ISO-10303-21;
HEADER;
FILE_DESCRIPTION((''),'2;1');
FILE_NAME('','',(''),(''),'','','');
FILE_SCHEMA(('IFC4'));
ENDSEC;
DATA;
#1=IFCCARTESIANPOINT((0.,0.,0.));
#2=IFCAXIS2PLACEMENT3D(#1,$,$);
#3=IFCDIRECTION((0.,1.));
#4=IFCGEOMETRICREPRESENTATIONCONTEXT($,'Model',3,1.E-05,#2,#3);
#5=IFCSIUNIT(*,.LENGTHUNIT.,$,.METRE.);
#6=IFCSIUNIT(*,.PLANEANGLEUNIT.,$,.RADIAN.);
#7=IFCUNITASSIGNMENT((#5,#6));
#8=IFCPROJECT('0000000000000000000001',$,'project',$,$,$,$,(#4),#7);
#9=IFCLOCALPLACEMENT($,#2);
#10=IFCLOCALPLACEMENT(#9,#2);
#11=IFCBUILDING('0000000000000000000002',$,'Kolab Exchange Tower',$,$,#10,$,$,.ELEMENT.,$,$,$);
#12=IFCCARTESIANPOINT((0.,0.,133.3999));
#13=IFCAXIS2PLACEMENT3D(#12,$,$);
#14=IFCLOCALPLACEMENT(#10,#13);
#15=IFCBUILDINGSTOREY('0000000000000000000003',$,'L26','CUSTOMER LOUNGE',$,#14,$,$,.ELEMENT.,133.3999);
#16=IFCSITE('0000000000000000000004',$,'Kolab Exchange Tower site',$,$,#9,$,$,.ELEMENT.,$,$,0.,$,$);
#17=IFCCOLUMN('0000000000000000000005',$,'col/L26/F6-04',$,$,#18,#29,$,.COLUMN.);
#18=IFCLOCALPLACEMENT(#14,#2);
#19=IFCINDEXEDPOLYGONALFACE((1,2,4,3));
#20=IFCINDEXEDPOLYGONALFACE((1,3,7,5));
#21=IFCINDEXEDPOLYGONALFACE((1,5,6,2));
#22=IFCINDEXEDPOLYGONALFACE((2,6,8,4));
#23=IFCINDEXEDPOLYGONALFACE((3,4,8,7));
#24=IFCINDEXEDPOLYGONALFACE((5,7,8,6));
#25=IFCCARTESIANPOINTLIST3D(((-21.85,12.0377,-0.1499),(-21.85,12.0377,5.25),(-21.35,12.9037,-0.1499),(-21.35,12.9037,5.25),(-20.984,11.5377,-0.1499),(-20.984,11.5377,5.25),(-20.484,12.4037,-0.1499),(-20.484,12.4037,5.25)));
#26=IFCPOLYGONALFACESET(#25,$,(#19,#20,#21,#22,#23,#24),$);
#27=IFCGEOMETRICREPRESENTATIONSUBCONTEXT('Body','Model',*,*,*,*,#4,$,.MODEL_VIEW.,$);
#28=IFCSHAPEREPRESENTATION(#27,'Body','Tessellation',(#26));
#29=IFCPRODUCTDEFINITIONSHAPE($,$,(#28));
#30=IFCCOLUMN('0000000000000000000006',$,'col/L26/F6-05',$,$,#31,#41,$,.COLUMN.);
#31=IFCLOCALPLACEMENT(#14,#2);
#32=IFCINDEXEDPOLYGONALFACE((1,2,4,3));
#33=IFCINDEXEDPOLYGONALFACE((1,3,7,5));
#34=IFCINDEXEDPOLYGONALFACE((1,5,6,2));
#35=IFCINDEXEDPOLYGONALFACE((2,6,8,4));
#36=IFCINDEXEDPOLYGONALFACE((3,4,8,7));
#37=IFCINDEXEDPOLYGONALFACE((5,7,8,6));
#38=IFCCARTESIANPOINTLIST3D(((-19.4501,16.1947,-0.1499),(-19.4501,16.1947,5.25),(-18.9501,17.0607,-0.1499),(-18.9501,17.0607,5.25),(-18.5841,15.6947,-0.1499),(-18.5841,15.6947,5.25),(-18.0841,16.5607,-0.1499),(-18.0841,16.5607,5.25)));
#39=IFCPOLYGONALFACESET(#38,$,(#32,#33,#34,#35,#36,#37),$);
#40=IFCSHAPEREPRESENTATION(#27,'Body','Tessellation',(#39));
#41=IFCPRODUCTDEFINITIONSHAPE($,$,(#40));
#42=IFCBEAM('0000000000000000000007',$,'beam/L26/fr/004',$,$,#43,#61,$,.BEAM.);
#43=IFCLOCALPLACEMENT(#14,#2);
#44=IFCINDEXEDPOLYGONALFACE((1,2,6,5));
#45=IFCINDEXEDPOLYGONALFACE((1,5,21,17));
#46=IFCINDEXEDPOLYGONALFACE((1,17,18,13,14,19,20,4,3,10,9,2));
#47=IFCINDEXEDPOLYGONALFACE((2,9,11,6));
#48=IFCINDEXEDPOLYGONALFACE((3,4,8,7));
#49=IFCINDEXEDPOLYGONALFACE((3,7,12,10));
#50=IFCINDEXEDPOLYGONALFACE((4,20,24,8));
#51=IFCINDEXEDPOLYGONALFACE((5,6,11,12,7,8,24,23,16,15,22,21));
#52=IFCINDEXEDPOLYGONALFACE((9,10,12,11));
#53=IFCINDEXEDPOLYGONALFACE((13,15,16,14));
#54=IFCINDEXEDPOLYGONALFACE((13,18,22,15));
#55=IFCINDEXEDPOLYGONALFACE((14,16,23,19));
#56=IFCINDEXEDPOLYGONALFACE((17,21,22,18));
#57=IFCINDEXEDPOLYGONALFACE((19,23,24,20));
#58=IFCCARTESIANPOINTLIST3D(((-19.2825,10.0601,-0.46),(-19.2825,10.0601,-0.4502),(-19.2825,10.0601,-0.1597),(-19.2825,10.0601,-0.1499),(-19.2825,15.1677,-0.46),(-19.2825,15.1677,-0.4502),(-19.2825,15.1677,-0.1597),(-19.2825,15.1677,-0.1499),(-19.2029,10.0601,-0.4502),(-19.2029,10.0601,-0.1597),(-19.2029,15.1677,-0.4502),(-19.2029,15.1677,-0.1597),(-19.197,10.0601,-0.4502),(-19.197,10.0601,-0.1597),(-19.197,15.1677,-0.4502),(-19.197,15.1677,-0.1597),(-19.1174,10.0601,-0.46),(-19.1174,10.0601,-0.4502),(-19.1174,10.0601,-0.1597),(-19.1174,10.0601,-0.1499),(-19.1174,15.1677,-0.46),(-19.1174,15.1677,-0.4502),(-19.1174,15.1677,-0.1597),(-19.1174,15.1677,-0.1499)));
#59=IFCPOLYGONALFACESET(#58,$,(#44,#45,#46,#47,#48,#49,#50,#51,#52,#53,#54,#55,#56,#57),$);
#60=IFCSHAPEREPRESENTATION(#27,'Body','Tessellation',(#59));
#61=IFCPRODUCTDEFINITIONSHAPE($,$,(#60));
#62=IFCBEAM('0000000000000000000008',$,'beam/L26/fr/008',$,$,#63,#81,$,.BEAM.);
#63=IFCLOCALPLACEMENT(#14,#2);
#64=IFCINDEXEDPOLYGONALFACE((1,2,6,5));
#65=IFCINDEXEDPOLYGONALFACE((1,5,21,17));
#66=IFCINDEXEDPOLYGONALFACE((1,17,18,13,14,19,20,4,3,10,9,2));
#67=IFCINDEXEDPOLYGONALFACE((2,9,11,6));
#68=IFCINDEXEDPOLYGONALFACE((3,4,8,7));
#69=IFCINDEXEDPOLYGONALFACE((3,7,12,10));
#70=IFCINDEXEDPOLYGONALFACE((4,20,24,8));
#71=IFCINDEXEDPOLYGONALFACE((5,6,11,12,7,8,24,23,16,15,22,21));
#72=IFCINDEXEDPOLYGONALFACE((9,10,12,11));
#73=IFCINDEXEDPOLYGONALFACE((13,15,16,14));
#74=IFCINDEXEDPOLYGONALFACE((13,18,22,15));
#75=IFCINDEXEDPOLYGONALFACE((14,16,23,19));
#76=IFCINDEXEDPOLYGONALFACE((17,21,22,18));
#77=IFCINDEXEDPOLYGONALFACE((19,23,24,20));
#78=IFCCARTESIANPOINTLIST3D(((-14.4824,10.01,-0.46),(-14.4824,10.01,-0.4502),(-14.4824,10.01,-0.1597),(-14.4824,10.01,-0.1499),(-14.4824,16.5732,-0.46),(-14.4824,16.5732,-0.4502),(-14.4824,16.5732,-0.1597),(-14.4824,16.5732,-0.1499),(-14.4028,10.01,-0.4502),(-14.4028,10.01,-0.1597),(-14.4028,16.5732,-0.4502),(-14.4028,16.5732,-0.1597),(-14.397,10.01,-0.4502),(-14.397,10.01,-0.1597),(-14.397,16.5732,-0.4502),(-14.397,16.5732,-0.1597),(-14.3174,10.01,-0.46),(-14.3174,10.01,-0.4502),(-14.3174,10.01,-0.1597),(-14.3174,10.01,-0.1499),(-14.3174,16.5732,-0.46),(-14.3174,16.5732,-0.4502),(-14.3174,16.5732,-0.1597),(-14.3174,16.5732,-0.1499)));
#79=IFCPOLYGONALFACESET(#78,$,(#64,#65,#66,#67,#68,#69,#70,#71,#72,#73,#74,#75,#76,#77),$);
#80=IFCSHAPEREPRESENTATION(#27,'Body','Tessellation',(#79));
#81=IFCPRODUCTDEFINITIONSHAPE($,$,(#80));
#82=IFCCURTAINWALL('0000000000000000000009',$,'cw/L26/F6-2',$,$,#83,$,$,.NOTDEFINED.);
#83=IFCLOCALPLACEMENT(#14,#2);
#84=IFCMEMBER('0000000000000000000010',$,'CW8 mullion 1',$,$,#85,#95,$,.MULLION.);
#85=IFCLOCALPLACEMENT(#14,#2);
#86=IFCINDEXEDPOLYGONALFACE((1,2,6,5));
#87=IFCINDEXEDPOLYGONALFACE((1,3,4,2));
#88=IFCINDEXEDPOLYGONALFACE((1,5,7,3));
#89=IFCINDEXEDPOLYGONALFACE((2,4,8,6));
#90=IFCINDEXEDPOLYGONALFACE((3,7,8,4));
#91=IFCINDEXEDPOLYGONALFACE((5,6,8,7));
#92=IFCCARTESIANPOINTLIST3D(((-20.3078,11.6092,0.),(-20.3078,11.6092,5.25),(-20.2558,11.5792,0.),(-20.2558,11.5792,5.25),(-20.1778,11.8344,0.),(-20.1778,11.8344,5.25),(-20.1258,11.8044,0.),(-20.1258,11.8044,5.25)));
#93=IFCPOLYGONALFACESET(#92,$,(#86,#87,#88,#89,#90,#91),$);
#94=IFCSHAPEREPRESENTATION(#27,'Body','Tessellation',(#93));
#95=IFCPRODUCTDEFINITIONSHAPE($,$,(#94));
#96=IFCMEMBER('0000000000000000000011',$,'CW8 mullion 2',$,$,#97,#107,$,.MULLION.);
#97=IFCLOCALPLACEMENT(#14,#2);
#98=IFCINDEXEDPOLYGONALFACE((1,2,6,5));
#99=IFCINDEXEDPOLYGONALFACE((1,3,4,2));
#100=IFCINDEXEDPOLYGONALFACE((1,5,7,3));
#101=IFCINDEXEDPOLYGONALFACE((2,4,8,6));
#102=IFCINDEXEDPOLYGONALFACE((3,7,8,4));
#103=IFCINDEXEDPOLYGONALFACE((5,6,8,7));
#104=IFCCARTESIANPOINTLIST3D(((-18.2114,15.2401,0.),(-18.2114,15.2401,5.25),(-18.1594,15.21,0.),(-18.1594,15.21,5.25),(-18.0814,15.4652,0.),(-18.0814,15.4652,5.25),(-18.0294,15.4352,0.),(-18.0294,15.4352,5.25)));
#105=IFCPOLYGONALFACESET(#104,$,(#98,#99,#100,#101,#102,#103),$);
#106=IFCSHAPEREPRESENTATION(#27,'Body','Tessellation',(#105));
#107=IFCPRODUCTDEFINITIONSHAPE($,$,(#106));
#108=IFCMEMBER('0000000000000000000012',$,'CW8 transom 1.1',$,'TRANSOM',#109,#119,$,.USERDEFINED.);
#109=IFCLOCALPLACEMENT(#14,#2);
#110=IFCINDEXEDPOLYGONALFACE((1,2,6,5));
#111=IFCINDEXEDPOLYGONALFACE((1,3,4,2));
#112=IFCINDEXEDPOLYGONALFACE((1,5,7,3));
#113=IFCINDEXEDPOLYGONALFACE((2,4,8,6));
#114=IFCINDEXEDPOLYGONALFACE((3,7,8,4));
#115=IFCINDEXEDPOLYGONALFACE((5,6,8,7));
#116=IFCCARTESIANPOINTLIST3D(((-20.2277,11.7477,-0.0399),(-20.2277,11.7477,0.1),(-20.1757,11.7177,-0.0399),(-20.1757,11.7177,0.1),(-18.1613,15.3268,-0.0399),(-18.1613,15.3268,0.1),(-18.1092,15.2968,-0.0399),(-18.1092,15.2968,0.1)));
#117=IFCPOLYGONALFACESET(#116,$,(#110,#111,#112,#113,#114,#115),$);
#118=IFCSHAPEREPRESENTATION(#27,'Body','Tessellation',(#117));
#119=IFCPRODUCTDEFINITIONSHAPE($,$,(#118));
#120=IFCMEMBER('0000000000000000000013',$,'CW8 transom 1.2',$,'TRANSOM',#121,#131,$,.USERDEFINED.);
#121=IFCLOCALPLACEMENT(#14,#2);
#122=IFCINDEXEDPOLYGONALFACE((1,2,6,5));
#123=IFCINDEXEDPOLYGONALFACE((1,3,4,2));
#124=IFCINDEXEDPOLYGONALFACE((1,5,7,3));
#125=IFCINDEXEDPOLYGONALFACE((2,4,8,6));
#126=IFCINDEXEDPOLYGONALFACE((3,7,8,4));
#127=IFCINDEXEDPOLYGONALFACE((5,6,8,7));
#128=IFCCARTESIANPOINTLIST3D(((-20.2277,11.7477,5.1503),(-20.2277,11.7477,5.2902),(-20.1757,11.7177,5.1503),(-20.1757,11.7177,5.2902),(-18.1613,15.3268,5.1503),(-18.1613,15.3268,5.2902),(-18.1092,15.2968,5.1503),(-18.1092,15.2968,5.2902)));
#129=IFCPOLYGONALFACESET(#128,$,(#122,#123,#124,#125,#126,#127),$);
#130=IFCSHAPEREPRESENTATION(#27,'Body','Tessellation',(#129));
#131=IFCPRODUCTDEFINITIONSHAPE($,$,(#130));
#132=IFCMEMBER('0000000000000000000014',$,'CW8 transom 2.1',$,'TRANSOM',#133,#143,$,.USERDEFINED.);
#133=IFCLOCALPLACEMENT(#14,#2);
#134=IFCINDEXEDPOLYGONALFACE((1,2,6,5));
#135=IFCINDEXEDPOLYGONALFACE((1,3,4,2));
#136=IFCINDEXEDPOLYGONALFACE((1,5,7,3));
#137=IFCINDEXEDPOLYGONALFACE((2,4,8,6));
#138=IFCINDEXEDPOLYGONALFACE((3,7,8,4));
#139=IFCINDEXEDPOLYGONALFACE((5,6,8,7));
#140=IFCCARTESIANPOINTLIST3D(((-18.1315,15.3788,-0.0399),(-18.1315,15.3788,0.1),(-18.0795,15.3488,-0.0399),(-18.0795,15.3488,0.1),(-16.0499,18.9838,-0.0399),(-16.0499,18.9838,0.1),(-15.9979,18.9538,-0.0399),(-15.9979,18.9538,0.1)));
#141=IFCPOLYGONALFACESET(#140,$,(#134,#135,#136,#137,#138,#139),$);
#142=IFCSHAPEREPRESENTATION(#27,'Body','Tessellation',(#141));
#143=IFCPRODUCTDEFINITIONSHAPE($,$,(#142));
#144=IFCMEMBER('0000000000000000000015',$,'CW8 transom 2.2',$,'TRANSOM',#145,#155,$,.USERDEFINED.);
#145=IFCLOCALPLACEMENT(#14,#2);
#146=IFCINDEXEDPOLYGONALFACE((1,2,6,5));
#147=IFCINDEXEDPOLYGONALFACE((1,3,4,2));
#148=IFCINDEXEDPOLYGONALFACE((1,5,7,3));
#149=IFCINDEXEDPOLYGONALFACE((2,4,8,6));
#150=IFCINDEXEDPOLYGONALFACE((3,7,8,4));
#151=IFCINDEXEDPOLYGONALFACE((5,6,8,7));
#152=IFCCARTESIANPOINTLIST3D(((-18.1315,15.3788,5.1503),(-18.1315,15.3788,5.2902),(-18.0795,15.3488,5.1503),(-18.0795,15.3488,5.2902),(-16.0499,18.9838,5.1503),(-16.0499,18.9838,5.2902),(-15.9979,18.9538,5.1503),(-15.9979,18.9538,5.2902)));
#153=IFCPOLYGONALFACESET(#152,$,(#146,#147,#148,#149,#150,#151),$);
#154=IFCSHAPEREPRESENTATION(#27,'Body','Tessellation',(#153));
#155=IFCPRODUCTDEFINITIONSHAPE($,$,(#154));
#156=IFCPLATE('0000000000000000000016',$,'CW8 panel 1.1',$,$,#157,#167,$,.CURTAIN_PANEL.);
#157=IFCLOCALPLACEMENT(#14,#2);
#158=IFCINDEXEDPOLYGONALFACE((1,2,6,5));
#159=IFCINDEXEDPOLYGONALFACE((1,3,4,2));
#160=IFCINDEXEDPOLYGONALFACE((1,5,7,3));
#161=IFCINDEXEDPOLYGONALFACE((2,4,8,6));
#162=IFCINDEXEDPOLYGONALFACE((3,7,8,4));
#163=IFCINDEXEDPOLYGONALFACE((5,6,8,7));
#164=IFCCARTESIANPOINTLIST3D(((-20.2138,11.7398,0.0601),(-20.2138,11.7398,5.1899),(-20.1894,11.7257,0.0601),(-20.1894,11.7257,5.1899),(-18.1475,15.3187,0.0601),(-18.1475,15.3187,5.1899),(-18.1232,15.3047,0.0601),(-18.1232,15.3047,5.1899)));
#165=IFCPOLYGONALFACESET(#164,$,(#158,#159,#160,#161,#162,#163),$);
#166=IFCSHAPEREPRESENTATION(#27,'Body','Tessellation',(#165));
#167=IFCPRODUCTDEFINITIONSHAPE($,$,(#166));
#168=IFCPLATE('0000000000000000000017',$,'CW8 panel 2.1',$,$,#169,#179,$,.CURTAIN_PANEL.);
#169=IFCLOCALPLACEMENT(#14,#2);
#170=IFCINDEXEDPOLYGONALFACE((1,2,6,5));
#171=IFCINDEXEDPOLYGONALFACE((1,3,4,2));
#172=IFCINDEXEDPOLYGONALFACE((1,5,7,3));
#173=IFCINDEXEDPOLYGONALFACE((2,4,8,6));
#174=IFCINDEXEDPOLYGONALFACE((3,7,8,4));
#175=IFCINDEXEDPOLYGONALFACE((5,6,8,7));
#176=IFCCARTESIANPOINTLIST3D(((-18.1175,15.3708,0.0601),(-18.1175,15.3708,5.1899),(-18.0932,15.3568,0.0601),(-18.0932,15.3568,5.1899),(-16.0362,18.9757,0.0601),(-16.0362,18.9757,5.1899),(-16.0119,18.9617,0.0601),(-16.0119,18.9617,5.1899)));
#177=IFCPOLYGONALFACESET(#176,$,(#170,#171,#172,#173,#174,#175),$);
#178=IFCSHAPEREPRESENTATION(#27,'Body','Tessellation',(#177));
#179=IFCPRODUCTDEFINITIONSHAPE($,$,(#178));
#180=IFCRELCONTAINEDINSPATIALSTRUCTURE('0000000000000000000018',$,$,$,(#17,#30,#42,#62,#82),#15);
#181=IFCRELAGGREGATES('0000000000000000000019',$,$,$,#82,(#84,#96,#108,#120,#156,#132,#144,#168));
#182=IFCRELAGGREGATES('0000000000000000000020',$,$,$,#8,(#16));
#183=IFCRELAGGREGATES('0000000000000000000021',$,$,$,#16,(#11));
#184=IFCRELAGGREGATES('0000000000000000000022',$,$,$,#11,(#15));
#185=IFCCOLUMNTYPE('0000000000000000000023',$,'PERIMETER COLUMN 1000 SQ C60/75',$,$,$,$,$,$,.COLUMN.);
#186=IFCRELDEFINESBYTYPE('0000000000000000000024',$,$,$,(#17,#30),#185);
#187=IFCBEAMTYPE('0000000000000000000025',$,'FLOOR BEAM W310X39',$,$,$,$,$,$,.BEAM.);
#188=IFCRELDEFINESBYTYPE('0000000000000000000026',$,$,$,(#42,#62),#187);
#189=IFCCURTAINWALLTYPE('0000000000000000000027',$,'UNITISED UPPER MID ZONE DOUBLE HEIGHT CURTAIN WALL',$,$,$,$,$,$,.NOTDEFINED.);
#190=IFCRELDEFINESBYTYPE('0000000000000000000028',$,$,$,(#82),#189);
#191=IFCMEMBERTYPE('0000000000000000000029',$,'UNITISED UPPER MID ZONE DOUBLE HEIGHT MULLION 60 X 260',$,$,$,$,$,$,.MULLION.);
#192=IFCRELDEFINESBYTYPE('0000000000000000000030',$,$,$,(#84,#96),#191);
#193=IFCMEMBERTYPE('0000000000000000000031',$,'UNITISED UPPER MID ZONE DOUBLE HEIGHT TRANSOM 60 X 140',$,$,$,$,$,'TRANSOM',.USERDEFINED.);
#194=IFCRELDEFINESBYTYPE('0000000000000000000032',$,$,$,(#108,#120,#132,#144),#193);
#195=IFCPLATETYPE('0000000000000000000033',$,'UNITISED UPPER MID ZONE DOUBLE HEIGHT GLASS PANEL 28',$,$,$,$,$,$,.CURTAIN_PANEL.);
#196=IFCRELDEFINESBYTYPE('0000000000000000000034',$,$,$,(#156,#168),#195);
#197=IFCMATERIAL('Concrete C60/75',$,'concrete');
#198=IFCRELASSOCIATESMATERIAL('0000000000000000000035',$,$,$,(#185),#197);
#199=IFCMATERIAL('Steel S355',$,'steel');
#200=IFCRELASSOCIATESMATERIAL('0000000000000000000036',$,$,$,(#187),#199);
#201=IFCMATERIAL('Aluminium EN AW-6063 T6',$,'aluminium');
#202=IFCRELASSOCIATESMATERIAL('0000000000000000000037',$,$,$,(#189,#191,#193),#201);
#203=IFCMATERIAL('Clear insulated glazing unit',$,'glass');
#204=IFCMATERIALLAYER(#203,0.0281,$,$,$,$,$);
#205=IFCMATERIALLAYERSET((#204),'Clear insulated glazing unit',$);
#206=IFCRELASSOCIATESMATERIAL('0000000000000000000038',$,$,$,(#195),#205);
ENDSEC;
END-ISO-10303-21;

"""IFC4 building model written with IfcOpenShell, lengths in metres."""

from ifc_helpers import new_model, si_unit, direction, frame, origin, origin_2d, place, context, subcontext, project, spatial, rectangle, i_section, extrude, material, layer, layer_set, material_profile, profile_set, type_object, element, aggregate, save


model = new_model("IFC4")

# Units and contexts
model_context = context("Model", 3, precision=1e-05, world=origin(), true_north=direction((0.0, 1.0)))
body_context = subcontext(model_context, "Body", "Model", "MODEL_VIEW")
ifc_project = project(units=[si_unit("LENGTHUNIT", "METRE"), si_unit("PLANEANGLEUNIT", "RADIAN")], contexts=[model_context])

# Site, building, storey
site_placement = place(None, origin())
site = spatial("IfcSite", under=ifc_project, at=site_placement, Name="Kolab Exchange Tower site", CompositionType="ELEMENT", RefElevation=0.0)
building_placement = place(site_placement, origin())
building = spatial("IfcBuilding", under=site, at=building_placement, Name="Kolab Exchange Tower", CompositionType="ELEMENT")
storey_placement = place(building_placement, frame((0.0, 0.0, 133.3999)))
storey = spatial("IfcBuildingStorey", under=building, at=storey_placement, Name="L26", Description="CUSTOMER LOUNGE", CompositionType="ELEMENT", Elevation=133.3999)

# Columns
ifc_material_1 = material(Name="Concrete C60/75", Category="concrete")
ifc_material_profile_1 = material_profile(ifc_material_1, rectangle(XDim=1.0, YDim=1.0, at=origin_2d()), Name="RC1000")
ifc_profile_set_1 = profile_set([ifc_material_profile_1], Name="Concrete C60/75")
column_type = type_object("IfcColumnType", Name="PERIMETER COLUMN 1000 SQ C60/75", PredefinedType="COLUMN", material=ifc_profile_set_1)
for number, where, z_axis, x_axis, name in (
    (1, (-21.167, 12.2207, -0.1499), (0.0, 0.0, 1.0), (0.5, 0.866025, 0.0), "col/L26/F6-04"),
    (2, (-18.7671, 16.3777, -0.1499), (0.0, 0.0, 1.0), (0.5, 0.866025, 0.0), "col/L26/F6-05"),
):
    element("IfcColumn", number, at=place(storey_placement, frame(where, z_axis=z_axis, x_axis=x_axis)), inside=storey, type_object=column_type, Name=name, PredefinedType="COLUMN", context=body_context, shape_type="SweptSolid", body=[
        extrude(rectangle(XDim=1.0, YDim=1.0, at=origin_2d()), origin(), (0.0, 0.0, 1.0), 5.3999),
    ])

# Beams
ifc_material_2 = material(Name="Steel S355", Category="steel")
ifc_material_profile_2 = material_profile(ifc_material_2, i_section(OverallWidth=0.165, OverallDepth=0.3101, WebThickness=0.0059, FlangeThickness=0.0098, at=origin_2d()), Name="W310X39")
ifc_profile_set_2 = profile_set([ifc_material_profile_2], Name="Steel S355")
beam_type = type_object("IfcBeamType", Name="FLOOR BEAM W310X39", PredefinedType="BEAM", material=ifc_profile_set_2)
beam_1_placement = place(storey_placement, frame((-19.2, 10.0601, -0.3049), z_axis=(0.0, 1.0, 0.0), x_axis=(-1.0, 0.0, 0.0)))
element("IfcBeam", 3, at=beam_1_placement, inside=storey, type_object=beam_type, Name="beam/L26/fr/004", PredefinedType="BEAM", context=body_context, shape_type="SweptSolid", body=[
    extrude(i_section(OverallWidth=0.165, OverallDepth=0.3101, WebThickness=0.0059, FlangeThickness=0.0098, at=origin_2d()), origin(), (0.0, 0.0, 1.0), 5.1077),
])
beam_2_placement = place(storey_placement, frame((-14.3999, 10.01, -0.3049), z_axis=(0.0, 1.0, 0.0), x_axis=(-1.0, 0.0, 0.0)))
element("IfcBeam", 4, at=beam_2_placement, inside=storey, type_object=beam_type, Name="beam/L26/fr/008", PredefinedType="BEAM", context=body_context, shape_type="SweptSolid", body=[
    extrude(i_section(OverallWidth=0.165, OverallDepth=0.3101, WebThickness=0.0059, FlangeThickness=0.0098, at=origin_2d()), origin(), (0.0, 0.0, 1.0), 6.5632),
])

# Curtain wall, members, plates
ifc_material_3 = material(Name="Aluminium EN AW-6063 T6", Category="aluminium")
curtain_wall_type = type_object("IfcCurtainWallType", Name="UNITISED UPPER MID ZONE DOUBLE HEIGHT CURTAIN WALL", PredefinedType="NOTDEFINED", material=ifc_material_3)
curtain_wall_placement = place(storey_placement, origin())
curtain_wall = element("IfcCurtainWall", 5, at=curtain_wall_placement, inside=storey, type_object=curtain_wall_type, Name="cw/L26/F6-2", PredefinedType="NOTDEFINED")
ifc_material_profile_3 = material_profile(ifc_material_3, rectangle(XDim=0.0601, YDim=0.26, at=origin_2d()), Name="RECT 60X260")
ifc_profile_set_3 = profile_set([ifc_material_profile_3], Name="Aluminium EN AW-6063 T6")
member_type_1 = type_object("IfcMemberType", Name="UNITISED UPPER MID ZONE DOUBLE HEIGHT MULLION 60 X 260", PredefinedType="MULLION", material=ifc_profile_set_3)
member_1_placement = place(storey_placement, frame((-20.2168, 11.7068, 0.0), z_axis=(0.0, 0.0, 1.0), x_axis=(-0.866025, 0.5, 0.0)))
member_1 = element("IfcMember", 6, at=member_1_placement, type_object=member_type_1, Name="CW8 mullion 1", PredefinedType="MULLION", context=body_context, shape_type="SweptSolid", body=[
    extrude(rectangle(XDim=0.0601, YDim=0.26, at=origin_2d()), origin(), (0.0, 0.0, 1.0), 5.25),
])
member_2_placement = place(storey_placement, frame((-18.1204, 15.3376, 0.0), z_axis=(0.0, 0.0, 1.0), x_axis=(-0.866025, 0.5, 0.0)))
member_2 = element("IfcMember", 7, at=member_2_placement, type_object=member_type_1, Name="CW8 mullion 2", PredefinedType="MULLION", context=body_context, shape_type="SweptSolid", body=[
    extrude(rectangle(XDim=0.0601, YDim=0.26, at=origin_2d()), origin(), (0.0, 0.0, 1.0), 5.25),
])
ifc_material_profile_4 = material_profile(ifc_material_3, rectangle(XDim=0.0601, YDim=0.1399, at=origin_2d()), Name="RECT 60X140")
ifc_profile_set_4 = profile_set([ifc_material_profile_4], Name="Aluminium EN AW-6063 T6")
member_type_2 = type_object("IfcMemberType", Name="UNITISED UPPER MID ZONE DOUBLE HEIGHT TRANSOM 60 X 140", ElementType="TRANSOM", PredefinedType="USERDEFINED", material=ifc_profile_set_4)
member_3_placement = place(storey_placement, frame((-20.2017, 11.7327, 0.03), z_axis=(0.500002, 0.866024, 0.0), x_axis=(-0.866024, 0.500002, 0.0)))
member_3 = element("IfcMember", 8, at=member_3_placement, type_object=member_type_2, Name="CW8 transom 1.1", ObjectType="TRANSOM", PredefinedType="USERDEFINED", context=body_context, shape_type="SweptSolid", body=[
    extrude(rectangle(XDim=0.0601, YDim=0.1399, at=origin_2d()), origin(), (0.0, 0.0, 1.0), 4.1328),
])
member_4_placement = place(storey_placement, frame((-20.2017, 11.7327, 5.2202), z_axis=(0.500002, 0.866024, 0.0), x_axis=(-0.866024, 0.500002, 0.0)))
member_4 = element("IfcMember", 9, at=member_4_placement, type_object=member_type_2, Name="CW8 transom 1.2", ObjectType="TRANSOM", PredefinedType="USERDEFINED", context=body_context, shape_type="SweptSolid", body=[
    extrude(rectangle(XDim=0.0601, YDim=0.1399, at=origin_2d()), origin(), (0.0, 0.0, 1.0), 4.1328),
])
member_5_placement = place(storey_placement, frame((-18.1055, 15.3638, 0.03), z_axis=(0.500037, 0.866004, 0.0), x_axis=(-0.866004, 0.500037, 0.0)))
member_5 = element("IfcMember", 10, at=member_5_placement, type_object=member_type_2, Name="CW8 transom 2.1", ObjectType="TRANSOM", PredefinedType="USERDEFINED", context=body_context, shape_type="SweptSolid", body=[
    extrude(rectangle(XDim=0.0601, YDim=0.1399, at=origin_2d()), origin(), (0.0, 0.0, 1.0), 4.1628),
])
member_6_placement = place(storey_placement, frame((-18.1055, 15.3638, 5.2202), z_axis=(0.500037, 0.866004, 0.0), x_axis=(-0.866004, 0.500037, 0.0)))
member_6 = element("IfcMember", 11, at=member_6_placement, type_object=member_type_2, Name="CW8 transom 2.2", ObjectType="TRANSOM", PredefinedType="USERDEFINED", context=body_context, shape_type="SweptSolid", body=[
    extrude(rectangle(XDim=0.0601, YDim=0.1399, at=origin_2d()), origin(), (0.0, 0.0, 1.0), 4.1628),
])
ifc_material_4 = material(Name="Clear insulated glazing unit", Category="glass")
ifc_layer_1 = layer(ifc_material_4, 0.0281)
ifc_layer_set_1 = layer_set([ifc_layer_1], Name="Clear insulated glazing unit")
plate_type = type_object("IfcPlateType", Name="UNITISED UPPER MID ZONE DOUBLE HEIGHT GLASS PANEL 28", PredefinedType="CURTAIN_PANEL", material=ifc_layer_set_1)
plate_1_placement = place(storey_placement, frame((-19.1685, 13.5222, 0.0601), z_axis=(0.0, 0.0, 1.0), x_axis=(0.5, 0.866025, 0.0)))
plate_1 = element("IfcPlate", 12, at=plate_1_placement, type_object=plate_type, Name="CW8 panel 1.1", PredefinedType="CURTAIN_PANEL", context=body_context, shape_type="SweptSolid", body=[
    extrude(rectangle(XDim=4.1326, YDim=0.0281, at=origin_2d()), origin(), (0.0, 0.0, 1.0), 5.1299),
])
plate_2_placement = place(storey_placement, frame((-17.0647, 17.1663, 0.0601), z_axis=(0.0, 0.0, 1.0), x_axis=(0.5, 0.866025, 0.0)))
plate_2 = element("IfcPlate", 13, at=plate_2_placement, type_object=plate_type, Name="CW8 panel 2.1", PredefinedType="CURTAIN_PANEL", context=body_context, shape_type="SweptSolid", body=[
    extrude(rectangle(XDim=4.1626, YDim=0.0281, at=origin_2d()), origin(), (0.0, 0.0, 1.0), 5.1299),
])
aggregate(curtain_wall, [member_1, member_2, member_3, member_4, plate_1, member_5, member_6, plate_2])

save(model, "model.ifc")
